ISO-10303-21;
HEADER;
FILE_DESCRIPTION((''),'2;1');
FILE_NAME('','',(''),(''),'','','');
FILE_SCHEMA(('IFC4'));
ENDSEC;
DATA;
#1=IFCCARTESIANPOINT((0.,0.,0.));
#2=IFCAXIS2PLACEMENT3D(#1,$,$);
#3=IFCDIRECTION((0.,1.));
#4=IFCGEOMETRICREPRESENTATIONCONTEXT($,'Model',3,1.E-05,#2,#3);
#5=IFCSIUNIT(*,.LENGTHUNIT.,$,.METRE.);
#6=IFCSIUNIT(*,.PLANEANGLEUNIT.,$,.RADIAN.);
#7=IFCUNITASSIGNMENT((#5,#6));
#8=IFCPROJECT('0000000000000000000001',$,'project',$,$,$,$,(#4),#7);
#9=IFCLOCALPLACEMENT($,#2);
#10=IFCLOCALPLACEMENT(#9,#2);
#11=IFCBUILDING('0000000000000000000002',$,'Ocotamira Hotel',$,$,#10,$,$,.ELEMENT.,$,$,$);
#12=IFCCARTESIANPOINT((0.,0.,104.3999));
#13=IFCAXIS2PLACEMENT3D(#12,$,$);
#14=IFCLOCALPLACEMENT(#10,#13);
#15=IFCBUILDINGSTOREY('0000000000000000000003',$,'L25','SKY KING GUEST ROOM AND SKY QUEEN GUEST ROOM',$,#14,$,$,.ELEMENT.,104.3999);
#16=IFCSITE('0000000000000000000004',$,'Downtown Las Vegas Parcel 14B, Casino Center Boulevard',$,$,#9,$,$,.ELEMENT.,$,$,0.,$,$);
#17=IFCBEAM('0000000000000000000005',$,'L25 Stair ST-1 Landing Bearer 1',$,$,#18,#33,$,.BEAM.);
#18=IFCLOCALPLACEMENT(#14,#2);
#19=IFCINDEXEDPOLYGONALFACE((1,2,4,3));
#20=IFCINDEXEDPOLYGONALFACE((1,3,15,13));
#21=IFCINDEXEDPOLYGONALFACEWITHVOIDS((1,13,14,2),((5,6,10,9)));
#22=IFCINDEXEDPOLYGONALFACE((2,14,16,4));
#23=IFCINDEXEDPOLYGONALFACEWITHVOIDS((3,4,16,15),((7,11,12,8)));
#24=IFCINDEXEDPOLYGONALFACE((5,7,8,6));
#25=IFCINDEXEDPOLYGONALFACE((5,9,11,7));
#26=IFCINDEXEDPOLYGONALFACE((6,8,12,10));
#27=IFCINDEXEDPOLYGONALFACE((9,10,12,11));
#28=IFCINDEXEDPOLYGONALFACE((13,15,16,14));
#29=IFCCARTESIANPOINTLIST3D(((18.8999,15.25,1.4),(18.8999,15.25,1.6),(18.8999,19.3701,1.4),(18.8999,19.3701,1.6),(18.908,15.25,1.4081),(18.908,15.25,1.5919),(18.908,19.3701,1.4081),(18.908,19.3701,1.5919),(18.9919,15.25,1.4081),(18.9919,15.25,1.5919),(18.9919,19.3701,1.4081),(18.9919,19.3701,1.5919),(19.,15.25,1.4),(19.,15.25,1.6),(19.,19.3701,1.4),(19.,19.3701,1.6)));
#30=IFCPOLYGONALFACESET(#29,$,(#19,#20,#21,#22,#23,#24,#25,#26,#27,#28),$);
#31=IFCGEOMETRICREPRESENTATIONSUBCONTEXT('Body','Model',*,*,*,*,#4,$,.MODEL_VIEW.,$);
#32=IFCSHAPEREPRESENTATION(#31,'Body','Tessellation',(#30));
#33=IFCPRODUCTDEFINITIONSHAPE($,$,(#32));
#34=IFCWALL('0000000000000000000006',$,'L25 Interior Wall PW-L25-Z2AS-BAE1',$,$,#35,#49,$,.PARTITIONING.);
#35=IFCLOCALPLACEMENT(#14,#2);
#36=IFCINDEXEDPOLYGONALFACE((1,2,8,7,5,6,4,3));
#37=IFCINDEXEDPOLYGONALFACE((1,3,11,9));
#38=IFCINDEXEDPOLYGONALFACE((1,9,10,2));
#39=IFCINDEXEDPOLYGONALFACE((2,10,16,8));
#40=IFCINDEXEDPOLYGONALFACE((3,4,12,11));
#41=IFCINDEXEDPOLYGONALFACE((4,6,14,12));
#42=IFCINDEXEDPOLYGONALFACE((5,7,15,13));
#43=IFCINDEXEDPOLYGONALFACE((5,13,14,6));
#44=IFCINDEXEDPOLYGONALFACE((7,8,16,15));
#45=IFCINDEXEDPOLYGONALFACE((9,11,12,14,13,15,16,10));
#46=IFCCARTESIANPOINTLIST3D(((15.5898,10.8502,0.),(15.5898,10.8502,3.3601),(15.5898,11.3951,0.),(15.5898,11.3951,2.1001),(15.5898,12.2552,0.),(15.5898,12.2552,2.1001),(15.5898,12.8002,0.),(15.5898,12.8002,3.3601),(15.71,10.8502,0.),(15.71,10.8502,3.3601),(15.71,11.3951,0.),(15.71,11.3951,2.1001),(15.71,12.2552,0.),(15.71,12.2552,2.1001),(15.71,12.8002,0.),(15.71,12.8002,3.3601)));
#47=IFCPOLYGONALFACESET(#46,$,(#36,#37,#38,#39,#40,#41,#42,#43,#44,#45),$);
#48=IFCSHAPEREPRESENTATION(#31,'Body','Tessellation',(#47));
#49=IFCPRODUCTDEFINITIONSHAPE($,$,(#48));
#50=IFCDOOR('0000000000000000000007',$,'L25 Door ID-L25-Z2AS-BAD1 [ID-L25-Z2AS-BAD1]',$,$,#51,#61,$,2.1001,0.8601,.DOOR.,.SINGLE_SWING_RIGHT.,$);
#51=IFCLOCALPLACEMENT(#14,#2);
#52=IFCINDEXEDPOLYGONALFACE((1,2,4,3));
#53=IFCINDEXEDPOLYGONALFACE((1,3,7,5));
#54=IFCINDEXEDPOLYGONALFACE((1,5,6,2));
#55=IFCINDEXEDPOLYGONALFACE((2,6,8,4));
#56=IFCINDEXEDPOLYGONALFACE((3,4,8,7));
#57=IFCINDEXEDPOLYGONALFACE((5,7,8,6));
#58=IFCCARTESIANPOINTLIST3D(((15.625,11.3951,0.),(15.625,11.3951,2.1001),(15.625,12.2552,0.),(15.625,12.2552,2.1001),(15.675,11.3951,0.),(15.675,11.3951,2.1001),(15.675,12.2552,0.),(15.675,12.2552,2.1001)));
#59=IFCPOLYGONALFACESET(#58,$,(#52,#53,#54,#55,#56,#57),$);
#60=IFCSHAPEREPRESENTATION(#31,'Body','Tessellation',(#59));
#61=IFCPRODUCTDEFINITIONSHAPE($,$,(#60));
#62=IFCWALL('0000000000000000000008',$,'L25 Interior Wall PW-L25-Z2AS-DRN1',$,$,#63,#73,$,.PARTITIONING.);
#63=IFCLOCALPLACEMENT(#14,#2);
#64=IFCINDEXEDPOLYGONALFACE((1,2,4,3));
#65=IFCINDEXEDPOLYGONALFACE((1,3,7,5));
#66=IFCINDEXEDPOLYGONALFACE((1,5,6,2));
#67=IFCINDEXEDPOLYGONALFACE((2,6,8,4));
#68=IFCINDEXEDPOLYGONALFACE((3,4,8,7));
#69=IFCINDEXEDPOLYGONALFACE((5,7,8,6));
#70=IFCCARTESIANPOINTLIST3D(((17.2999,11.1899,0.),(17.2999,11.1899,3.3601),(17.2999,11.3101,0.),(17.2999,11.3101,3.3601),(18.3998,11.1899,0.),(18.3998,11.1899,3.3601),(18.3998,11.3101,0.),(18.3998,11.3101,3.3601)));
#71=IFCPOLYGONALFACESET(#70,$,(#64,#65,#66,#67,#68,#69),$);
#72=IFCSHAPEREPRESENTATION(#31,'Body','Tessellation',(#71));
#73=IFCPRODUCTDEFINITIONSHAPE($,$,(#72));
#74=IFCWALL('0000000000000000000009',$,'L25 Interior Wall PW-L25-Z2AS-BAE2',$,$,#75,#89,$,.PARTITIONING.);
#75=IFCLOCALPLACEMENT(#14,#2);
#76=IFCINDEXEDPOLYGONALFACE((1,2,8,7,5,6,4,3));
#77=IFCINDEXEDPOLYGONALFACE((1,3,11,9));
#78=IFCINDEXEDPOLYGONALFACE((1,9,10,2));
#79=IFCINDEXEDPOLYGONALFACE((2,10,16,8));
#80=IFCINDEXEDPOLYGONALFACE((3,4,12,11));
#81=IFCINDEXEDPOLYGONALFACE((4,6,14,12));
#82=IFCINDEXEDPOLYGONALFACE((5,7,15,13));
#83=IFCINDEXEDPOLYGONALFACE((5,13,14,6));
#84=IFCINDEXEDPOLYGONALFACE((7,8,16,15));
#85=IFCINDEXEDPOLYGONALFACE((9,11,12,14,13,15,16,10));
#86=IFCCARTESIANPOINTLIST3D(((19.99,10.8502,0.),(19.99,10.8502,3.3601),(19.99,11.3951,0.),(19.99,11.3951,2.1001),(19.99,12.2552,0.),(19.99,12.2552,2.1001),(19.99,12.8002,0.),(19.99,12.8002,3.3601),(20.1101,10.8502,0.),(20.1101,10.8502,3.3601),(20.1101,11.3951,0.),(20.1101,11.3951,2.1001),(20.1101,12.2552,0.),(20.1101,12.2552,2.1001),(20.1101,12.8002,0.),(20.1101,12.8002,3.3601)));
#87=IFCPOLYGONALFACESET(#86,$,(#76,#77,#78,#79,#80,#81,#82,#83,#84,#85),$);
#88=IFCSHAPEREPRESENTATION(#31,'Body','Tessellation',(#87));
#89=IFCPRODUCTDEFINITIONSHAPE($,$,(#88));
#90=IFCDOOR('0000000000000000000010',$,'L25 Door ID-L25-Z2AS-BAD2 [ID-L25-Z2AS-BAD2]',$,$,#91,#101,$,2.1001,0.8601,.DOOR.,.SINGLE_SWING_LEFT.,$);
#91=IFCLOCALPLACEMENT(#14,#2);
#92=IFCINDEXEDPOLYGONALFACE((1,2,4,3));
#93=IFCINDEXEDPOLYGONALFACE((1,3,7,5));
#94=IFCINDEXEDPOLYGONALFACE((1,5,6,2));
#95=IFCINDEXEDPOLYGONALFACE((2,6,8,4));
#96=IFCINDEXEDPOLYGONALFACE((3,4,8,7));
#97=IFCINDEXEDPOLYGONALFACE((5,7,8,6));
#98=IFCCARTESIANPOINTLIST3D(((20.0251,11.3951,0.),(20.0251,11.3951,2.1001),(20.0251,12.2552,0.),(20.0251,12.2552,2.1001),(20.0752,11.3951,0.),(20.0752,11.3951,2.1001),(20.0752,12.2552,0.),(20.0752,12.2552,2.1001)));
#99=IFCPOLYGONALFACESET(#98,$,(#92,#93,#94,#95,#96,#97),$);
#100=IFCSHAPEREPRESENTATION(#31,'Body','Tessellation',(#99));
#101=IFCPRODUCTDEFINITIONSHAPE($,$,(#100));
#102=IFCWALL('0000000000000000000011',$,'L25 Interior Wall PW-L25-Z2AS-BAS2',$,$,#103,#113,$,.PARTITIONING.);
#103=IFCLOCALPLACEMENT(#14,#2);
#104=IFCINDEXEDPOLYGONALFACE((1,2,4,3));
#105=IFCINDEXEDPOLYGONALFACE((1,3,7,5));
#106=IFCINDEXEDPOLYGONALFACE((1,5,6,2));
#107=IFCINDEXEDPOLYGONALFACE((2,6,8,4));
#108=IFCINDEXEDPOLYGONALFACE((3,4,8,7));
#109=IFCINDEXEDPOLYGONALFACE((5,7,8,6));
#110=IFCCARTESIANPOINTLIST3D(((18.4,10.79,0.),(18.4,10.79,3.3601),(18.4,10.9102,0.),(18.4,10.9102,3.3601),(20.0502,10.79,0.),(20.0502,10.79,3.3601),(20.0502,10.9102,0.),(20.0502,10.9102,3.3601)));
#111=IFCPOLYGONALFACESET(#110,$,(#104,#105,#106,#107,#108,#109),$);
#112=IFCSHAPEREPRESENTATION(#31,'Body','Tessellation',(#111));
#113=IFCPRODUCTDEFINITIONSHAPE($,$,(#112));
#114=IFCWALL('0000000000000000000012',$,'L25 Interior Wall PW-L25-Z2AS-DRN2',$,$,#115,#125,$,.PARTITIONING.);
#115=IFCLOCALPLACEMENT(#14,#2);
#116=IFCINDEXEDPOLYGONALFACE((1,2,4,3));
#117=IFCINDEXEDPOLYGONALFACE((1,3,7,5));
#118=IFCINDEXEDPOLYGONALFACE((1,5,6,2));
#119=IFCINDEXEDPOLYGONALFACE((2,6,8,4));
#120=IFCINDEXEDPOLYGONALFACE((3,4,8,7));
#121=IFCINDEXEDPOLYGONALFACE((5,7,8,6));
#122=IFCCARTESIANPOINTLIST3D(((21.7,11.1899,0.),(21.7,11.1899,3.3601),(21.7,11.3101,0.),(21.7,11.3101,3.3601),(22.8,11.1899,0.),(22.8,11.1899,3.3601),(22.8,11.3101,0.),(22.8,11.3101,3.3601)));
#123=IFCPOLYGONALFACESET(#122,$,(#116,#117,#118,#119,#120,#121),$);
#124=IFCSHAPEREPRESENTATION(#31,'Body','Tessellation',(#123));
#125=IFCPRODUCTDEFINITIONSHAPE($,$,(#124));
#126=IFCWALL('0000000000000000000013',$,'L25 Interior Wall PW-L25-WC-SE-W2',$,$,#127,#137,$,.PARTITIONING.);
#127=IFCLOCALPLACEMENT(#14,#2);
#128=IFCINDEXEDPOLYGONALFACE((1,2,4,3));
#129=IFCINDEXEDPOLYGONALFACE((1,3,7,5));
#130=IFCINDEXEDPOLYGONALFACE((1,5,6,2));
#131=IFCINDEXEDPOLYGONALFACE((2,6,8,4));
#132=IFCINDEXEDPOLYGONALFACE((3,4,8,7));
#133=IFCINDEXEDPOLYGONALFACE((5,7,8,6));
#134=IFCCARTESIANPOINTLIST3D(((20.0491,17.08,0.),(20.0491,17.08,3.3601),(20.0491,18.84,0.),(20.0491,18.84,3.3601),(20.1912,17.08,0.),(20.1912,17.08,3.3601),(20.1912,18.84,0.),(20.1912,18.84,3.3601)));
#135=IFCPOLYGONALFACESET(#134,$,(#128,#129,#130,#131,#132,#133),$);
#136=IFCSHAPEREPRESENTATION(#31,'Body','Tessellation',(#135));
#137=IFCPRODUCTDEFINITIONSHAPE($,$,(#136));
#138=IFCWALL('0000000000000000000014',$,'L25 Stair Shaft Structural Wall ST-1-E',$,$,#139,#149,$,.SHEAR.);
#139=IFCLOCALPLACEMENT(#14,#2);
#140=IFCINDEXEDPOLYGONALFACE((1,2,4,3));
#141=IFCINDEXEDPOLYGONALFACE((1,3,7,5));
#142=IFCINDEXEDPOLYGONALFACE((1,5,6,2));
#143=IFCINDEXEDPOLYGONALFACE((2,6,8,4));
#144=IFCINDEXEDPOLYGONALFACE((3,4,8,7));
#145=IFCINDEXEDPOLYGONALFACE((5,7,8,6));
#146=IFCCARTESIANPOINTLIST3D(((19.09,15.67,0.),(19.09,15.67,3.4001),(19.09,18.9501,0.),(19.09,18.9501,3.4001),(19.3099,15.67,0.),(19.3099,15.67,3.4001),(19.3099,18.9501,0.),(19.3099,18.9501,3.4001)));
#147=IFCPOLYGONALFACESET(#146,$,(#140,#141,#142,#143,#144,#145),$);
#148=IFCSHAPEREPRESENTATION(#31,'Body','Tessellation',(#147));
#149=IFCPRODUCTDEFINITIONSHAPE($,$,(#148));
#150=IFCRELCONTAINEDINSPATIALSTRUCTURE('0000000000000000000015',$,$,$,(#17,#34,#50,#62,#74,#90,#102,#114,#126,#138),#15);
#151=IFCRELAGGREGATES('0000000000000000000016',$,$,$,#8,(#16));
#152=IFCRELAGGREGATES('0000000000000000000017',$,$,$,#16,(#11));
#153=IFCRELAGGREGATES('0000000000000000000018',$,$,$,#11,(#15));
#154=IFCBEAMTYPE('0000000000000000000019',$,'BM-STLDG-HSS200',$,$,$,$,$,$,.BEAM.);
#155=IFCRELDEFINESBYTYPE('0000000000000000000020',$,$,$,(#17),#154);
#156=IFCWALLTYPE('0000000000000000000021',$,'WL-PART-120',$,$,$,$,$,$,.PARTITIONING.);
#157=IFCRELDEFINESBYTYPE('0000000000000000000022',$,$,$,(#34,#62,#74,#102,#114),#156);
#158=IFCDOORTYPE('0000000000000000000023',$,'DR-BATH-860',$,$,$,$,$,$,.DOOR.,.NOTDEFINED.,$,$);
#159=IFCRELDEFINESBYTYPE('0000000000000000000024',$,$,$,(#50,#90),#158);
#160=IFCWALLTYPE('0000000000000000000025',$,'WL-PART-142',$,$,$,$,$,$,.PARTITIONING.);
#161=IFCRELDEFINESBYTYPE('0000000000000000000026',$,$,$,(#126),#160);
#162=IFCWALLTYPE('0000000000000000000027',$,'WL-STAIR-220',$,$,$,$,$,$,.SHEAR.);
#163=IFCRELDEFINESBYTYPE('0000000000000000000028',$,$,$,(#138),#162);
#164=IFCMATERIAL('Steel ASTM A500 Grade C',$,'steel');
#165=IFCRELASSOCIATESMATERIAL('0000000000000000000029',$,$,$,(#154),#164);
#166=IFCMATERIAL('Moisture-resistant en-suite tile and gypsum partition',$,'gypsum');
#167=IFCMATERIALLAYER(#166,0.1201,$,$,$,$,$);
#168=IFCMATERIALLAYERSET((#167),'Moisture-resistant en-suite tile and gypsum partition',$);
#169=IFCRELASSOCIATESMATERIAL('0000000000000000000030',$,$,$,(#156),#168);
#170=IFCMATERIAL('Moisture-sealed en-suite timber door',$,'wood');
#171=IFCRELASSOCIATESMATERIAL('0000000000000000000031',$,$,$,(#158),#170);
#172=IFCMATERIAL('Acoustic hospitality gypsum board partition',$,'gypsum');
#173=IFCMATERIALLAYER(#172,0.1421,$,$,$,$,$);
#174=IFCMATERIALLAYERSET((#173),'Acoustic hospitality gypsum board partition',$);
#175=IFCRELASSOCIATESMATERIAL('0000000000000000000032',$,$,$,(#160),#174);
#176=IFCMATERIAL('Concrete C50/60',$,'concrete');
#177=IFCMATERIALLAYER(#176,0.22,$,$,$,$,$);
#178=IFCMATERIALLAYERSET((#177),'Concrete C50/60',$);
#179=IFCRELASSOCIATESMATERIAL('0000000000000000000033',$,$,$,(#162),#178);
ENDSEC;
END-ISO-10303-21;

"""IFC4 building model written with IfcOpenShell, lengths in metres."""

from ifc_helpers import new_model, si_unit, direction, frame, frame_2d, origin, origin_2d, place, context, subcontext, project, spatial, rectangle, hollow_rectangle, extrude, source, transform, mapped, material, layer, layer_set, material_profile, profile_set, type_object, element, fill, save


model = new_model("IFC4")

# Units and contexts
model_context = context("Model", 3, precision=1e-05, world=origin(), true_north=direction((0.0, 1.0)))
body_context = subcontext(model_context, "Body", "Model", "MODEL_VIEW")
ifc_project = project(units=[si_unit("LENGTHUNIT", "METRE"), si_unit("PLANEANGLEUNIT", "RADIAN")], contexts=[model_context])

# Site, building, storey
site_placement = place(None, origin())
site = spatial("IfcSite", under=ifc_project, at=site_placement, Name="Downtown Las Vegas Parcel 14B, Casino Center Boulevard", CompositionType="ELEMENT", RefElevation=0.0)
building_placement = place(site_placement, origin())
building = spatial("IfcBuilding", under=site, at=building_placement, Name="Ocotamira Hotel", CompositionType="ELEMENT")
storey_placement = place(building_placement, frame((0.0, 0.0, 104.3999)))
storey = spatial("IfcBuildingStorey", under=building, at=storey_placement, Name="L25", Description="SKY KING GUEST ROOM AND SKY QUEEN GUEST ROOM", CompositionType="ELEMENT", Elevation=104.3999)

# Beam
ifc_material_1 = material(Name="Steel ASTM A500 Grade C", Category="steel")
ifc_material_profile = material_profile(ifc_material_1, hollow_rectangle(XDim=0.1001, YDim=0.2, WallThickness=0.0081, at=origin_2d()), Name="HSS200X100X8")
ifc_profile_set = profile_set([ifc_material_profile], Name="Steel ASTM A500 Grade C")
beam_type = type_object("IfcBeamType", Name="BM-STLDG-HSS200", PredefinedType="BEAM", material=ifc_profile_set)
shared_shape_1 = source(origin(), body_context, "Body", "SweptSolid", [
    extrude(hollow_rectangle(XDim=0.1001, YDim=0.2, WallThickness=0.0081, at=origin_2d()), origin(), (0.0, 0.0, 1.0), 4.1201),
])
beam_placement = place(storey_placement, frame((18.95, 15.25, 1.5), z_axis=(0.0, 1.0, 0.0), x_axis=(-1.0, 0.0, 0.0)))
element("IfcBeam", 1, at=beam_placement, inside=storey, type_object=beam_type, Name="L25 Stair ST-1 Landing Bearer 1", PredefinedType="BEAM", context=body_context, shape_type="MappedRepresentation", body=[
    mapped(shared_shape_1, transform((0.0, 0.0, 0.0), scale=1.0)),
])

# Wall, opening, door
ifc_material_2 = material(Name="Moisture-resistant en-suite tile and gypsum partition", Category="gypsum")
ifc_layer_1 = layer(ifc_material_2, 0.1201)
ifc_layer_set_1 = layer_set([ifc_layer_1], Name="Moisture-resistant en-suite tile and gypsum partition")
wall_type_1 = type_object("IfcWallType", Name="WL-PART-120", PredefinedType="PARTITIONING", material=ifc_layer_set_1)
wall_1_placement = place(storey_placement, frame((15.6499, 10.8501, 0.0), z_axis=(0.0, 0.0, 1.0), x_axis=(0.0, 1.0, 0.0)))
wall_1 = element("IfcWall", 2, at=wall_1_placement, inside=storey, type_object=wall_type_1, Name="L25 Interior Wall PW-L25-Z2AS-BAE1", PredefinedType="PARTITIONING", context=body_context, shape_type="SweptSolid", body=[
    extrude(rectangle(XDim=1.95, YDim=0.1201, at=frame_2d((0.9751, 0.0))), origin(), (0.0, 0.0, 1.0), 3.3601),
])
opening_1_placement = place(wall_1_placement, frame((0.5449, 0.0, 0.0)))
opening_1 = element("IfcOpeningElement", 3, at=opening_1_placement, cuts=wall_1, PredefinedType="OPENING", context=body_context, shape_type="SweptSolid", body=[
    extrude(rectangle(XDim=0.8601, YDim=2.1001, at=frame_2d((0.4302, 1.05))), frame((0.0, 0.0701, 0.0), z_axis=(0.0, -1.0, 0.0), x_axis=(1.0, 0.0, 0.0)), (0.0, 0.0, 1.0), 0.1401),
])
ifc_material_3 = material(Name="Moisture-sealed en-suite timber door", Category="wood")
door_type_1 = type_object("IfcDoorType", Name="DR-BATH-860", OperationType="NOTDEFINED", PredefinedType="DOOR", material=ifc_material_3)
shared_shape_2 = source(origin(), body_context, "Body", "SweptSolid", [
    extrude(rectangle(XDim=0.8601, YDim=2.1001, at=frame_2d((0.4302, 1.05))), frame((0.0, 0.0249, 0.0), z_axis=(0.0, -1.0, 0.0), x_axis=(1.0, 0.0, 0.0)), (0.0, 0.0, 1.0), 0.05),
])
door_1_placement = place(opening_1_placement, origin())
door_1 = element("IfcDoor", 4, at=door_1_placement, inside=storey, type_object=door_type_1, Name="L25 Door ID-L25-Z2AS-BAD1 [ID-L25-Z2AS-BAD1]", OperationType="SINGLE_SWING_RIGHT", OverallHeight=2.1001, OverallWidth=0.8601, PredefinedType="DOOR", context=body_context, shape_type="MappedRepresentation", body=[
    mapped(shared_shape_2, transform((0.0, 0.0, 0.0), scale=1.0)),
])
fill(opening_1, door_1)

# Wall
wall_2_placement = place(storey_placement, frame((17.3, 11.25, 0.0), z_axis=(0.0, 0.0, 1.0), x_axis=(1.0, 0.0, 0.0)))
element("IfcWall", 5, at=wall_2_placement, inside=storey, type_object=wall_type_1, Name="L25 Interior Wall PW-L25-Z2AS-DRN1", PredefinedType="PARTITIONING", context=body_context, shape_type="SweptSolid", body=[
    extrude(rectangle(XDim=1.0999, YDim=0.1201, at=frame_2d((0.5498, 0.0))), origin(), (0.0, 0.0, 1.0), 3.3601),
])

# Wall, opening, door
wall_3_placement = place(storey_placement, frame((20.05, 10.8501, 0.0), z_axis=(0.0, 0.0, 1.0), x_axis=(0.0, 1.0, 0.0)))
wall_3 = element("IfcWall", 6, at=wall_3_placement, inside=storey, type_object=wall_type_1, Name="L25 Interior Wall PW-L25-Z2AS-BAE2", PredefinedType="PARTITIONING", context=body_context, shape_type="SweptSolid", body=[
    extrude(rectangle(XDim=1.95, YDim=0.1201, at=frame_2d((0.9751, 0.0))), origin(), (0.0, 0.0, 1.0), 3.3601),
])
opening_2_placement = place(wall_3_placement, frame((0.5449, 0.0, 0.0)))
opening_2 = element("IfcOpeningElement", 7, at=opening_2_placement, cuts=wall_3, PredefinedType="OPENING", context=body_context, shape_type="SweptSolid", body=[
    extrude(rectangle(XDim=0.8601, YDim=2.1001, at=frame_2d((0.4302, 1.05))), frame((0.0, 0.0701, 0.0), z_axis=(0.0, -1.0, 0.0), x_axis=(1.0, 0.0, 0.0)), (0.0, 0.0, 1.0), 0.1401),
])
door_2_placement = place(opening_2_placement, origin())
door_2 = element("IfcDoor", 8, at=door_2_placement, inside=storey, type_object=door_type_1, Name="L25 Door ID-L25-Z2AS-BAD2 [ID-L25-Z2AS-BAD2]", OperationType="SINGLE_SWING_LEFT", OverallHeight=2.1001, OverallWidth=0.8601, PredefinedType="DOOR", context=body_context, shape_type="MappedRepresentation", body=[
    mapped(shared_shape_2, transform((0.0, 0.0, 0.0), scale=1.0)),
])
fill(opening_2, door_2)

# Walls
wall_4_placement = place(storey_placement, frame((18.3999, 10.8501, 0.0), z_axis=(0.0, 0.0, 1.0), x_axis=(1.0, 0.0, 0.0)))
element("IfcWall", 9, at=wall_4_placement, inside=storey, type_object=wall_type_1, Name="L25 Interior Wall PW-L25-Z2AS-BAS2", PredefinedType="PARTITIONING", context=body_context, shape_type="SweptSolid", body=[
    extrude(rectangle(XDim=1.6501, YDim=0.1201, at=frame_2d((0.8252, 0.0))), origin(), (0.0, 0.0, 1.0), 3.3601),
])
wall_5_placement = place(storey_placement, frame((21.7, 11.25, 0.0), z_axis=(0.0, 0.0, 1.0), x_axis=(1.0, 0.0, 0.0)))
element("IfcWall", 10, at=wall_5_placement, inside=storey, type_object=wall_type_1, Name="L25 Interior Wall PW-L25-Z2AS-DRN2", PredefinedType="PARTITIONING", context=body_context, shape_type="SweptSolid", body=[
    extrude(rectangle(XDim=1.1001, YDim=0.1201, at=frame_2d((0.55, 0.0))), origin(), (0.0, 0.0, 1.0), 3.3601),
])
ifc_material_4 = material(Name="Acoustic hospitality gypsum board partition", Category="gypsum")
ifc_layer_2 = layer(ifc_material_4, 0.1421)
ifc_layer_set_2 = layer_set([ifc_layer_2], Name="Acoustic hospitality gypsum board partition")
wall_type_2 = type_object("IfcWallType", Name="WL-PART-142", PredefinedType="PARTITIONING", material=ifc_layer_set_2)
wall_6_placement = place(storey_placement, frame((20.1201, 17.0801, 0.0), z_axis=(0.0, 0.0, 1.0), x_axis=(0.0, 1.0, 0.0)))
element("IfcWall", 11, at=wall_6_placement, inside=storey, type_object=wall_type_2, Name="L25 Interior Wall PW-L25-WC-SE-W2", PredefinedType="PARTITIONING", context=body_context, shape_type="SweptSolid", body=[
    extrude(rectangle(XDim=1.76, YDim=0.1421, at=frame_2d((0.8799, 0.0))), origin(), (0.0, 0.0, 1.0), 3.3601),
])
ifc_material_5 = material(Name="Concrete C50/60", Category="concrete")
ifc_layer_3 = layer(ifc_material_5, 0.22)
ifc_layer_set_3 = layer_set([ifc_layer_3], Name="Concrete C50/60")
wall_type_3 = type_object("IfcWallType", Name="WL-STAIR-220", PredefinedType="SHEAR", material=ifc_layer_set_3)
wall_7_placement = place(storey_placement, frame((19.2, 15.6699, 0.0), z_axis=(0.0, 0.0, 1.0), x_axis=(0.0, 1.0, 0.0)))
element("IfcWall", 12, at=wall_7_placement, inside=storey, type_object=wall_type_3, Name="L25 Stair Shaft Structural Wall ST-1-E", PredefinedType="SHEAR", context=body_context, shape_type="SweptSolid", body=[
    extrude(rectangle(XDim=3.28, YDim=0.22, at=frame_2d((1.6401, 0.0))), origin(), (0.0, 0.0, 1.0), 3.4001),
])

save(model, "model.ifc")
